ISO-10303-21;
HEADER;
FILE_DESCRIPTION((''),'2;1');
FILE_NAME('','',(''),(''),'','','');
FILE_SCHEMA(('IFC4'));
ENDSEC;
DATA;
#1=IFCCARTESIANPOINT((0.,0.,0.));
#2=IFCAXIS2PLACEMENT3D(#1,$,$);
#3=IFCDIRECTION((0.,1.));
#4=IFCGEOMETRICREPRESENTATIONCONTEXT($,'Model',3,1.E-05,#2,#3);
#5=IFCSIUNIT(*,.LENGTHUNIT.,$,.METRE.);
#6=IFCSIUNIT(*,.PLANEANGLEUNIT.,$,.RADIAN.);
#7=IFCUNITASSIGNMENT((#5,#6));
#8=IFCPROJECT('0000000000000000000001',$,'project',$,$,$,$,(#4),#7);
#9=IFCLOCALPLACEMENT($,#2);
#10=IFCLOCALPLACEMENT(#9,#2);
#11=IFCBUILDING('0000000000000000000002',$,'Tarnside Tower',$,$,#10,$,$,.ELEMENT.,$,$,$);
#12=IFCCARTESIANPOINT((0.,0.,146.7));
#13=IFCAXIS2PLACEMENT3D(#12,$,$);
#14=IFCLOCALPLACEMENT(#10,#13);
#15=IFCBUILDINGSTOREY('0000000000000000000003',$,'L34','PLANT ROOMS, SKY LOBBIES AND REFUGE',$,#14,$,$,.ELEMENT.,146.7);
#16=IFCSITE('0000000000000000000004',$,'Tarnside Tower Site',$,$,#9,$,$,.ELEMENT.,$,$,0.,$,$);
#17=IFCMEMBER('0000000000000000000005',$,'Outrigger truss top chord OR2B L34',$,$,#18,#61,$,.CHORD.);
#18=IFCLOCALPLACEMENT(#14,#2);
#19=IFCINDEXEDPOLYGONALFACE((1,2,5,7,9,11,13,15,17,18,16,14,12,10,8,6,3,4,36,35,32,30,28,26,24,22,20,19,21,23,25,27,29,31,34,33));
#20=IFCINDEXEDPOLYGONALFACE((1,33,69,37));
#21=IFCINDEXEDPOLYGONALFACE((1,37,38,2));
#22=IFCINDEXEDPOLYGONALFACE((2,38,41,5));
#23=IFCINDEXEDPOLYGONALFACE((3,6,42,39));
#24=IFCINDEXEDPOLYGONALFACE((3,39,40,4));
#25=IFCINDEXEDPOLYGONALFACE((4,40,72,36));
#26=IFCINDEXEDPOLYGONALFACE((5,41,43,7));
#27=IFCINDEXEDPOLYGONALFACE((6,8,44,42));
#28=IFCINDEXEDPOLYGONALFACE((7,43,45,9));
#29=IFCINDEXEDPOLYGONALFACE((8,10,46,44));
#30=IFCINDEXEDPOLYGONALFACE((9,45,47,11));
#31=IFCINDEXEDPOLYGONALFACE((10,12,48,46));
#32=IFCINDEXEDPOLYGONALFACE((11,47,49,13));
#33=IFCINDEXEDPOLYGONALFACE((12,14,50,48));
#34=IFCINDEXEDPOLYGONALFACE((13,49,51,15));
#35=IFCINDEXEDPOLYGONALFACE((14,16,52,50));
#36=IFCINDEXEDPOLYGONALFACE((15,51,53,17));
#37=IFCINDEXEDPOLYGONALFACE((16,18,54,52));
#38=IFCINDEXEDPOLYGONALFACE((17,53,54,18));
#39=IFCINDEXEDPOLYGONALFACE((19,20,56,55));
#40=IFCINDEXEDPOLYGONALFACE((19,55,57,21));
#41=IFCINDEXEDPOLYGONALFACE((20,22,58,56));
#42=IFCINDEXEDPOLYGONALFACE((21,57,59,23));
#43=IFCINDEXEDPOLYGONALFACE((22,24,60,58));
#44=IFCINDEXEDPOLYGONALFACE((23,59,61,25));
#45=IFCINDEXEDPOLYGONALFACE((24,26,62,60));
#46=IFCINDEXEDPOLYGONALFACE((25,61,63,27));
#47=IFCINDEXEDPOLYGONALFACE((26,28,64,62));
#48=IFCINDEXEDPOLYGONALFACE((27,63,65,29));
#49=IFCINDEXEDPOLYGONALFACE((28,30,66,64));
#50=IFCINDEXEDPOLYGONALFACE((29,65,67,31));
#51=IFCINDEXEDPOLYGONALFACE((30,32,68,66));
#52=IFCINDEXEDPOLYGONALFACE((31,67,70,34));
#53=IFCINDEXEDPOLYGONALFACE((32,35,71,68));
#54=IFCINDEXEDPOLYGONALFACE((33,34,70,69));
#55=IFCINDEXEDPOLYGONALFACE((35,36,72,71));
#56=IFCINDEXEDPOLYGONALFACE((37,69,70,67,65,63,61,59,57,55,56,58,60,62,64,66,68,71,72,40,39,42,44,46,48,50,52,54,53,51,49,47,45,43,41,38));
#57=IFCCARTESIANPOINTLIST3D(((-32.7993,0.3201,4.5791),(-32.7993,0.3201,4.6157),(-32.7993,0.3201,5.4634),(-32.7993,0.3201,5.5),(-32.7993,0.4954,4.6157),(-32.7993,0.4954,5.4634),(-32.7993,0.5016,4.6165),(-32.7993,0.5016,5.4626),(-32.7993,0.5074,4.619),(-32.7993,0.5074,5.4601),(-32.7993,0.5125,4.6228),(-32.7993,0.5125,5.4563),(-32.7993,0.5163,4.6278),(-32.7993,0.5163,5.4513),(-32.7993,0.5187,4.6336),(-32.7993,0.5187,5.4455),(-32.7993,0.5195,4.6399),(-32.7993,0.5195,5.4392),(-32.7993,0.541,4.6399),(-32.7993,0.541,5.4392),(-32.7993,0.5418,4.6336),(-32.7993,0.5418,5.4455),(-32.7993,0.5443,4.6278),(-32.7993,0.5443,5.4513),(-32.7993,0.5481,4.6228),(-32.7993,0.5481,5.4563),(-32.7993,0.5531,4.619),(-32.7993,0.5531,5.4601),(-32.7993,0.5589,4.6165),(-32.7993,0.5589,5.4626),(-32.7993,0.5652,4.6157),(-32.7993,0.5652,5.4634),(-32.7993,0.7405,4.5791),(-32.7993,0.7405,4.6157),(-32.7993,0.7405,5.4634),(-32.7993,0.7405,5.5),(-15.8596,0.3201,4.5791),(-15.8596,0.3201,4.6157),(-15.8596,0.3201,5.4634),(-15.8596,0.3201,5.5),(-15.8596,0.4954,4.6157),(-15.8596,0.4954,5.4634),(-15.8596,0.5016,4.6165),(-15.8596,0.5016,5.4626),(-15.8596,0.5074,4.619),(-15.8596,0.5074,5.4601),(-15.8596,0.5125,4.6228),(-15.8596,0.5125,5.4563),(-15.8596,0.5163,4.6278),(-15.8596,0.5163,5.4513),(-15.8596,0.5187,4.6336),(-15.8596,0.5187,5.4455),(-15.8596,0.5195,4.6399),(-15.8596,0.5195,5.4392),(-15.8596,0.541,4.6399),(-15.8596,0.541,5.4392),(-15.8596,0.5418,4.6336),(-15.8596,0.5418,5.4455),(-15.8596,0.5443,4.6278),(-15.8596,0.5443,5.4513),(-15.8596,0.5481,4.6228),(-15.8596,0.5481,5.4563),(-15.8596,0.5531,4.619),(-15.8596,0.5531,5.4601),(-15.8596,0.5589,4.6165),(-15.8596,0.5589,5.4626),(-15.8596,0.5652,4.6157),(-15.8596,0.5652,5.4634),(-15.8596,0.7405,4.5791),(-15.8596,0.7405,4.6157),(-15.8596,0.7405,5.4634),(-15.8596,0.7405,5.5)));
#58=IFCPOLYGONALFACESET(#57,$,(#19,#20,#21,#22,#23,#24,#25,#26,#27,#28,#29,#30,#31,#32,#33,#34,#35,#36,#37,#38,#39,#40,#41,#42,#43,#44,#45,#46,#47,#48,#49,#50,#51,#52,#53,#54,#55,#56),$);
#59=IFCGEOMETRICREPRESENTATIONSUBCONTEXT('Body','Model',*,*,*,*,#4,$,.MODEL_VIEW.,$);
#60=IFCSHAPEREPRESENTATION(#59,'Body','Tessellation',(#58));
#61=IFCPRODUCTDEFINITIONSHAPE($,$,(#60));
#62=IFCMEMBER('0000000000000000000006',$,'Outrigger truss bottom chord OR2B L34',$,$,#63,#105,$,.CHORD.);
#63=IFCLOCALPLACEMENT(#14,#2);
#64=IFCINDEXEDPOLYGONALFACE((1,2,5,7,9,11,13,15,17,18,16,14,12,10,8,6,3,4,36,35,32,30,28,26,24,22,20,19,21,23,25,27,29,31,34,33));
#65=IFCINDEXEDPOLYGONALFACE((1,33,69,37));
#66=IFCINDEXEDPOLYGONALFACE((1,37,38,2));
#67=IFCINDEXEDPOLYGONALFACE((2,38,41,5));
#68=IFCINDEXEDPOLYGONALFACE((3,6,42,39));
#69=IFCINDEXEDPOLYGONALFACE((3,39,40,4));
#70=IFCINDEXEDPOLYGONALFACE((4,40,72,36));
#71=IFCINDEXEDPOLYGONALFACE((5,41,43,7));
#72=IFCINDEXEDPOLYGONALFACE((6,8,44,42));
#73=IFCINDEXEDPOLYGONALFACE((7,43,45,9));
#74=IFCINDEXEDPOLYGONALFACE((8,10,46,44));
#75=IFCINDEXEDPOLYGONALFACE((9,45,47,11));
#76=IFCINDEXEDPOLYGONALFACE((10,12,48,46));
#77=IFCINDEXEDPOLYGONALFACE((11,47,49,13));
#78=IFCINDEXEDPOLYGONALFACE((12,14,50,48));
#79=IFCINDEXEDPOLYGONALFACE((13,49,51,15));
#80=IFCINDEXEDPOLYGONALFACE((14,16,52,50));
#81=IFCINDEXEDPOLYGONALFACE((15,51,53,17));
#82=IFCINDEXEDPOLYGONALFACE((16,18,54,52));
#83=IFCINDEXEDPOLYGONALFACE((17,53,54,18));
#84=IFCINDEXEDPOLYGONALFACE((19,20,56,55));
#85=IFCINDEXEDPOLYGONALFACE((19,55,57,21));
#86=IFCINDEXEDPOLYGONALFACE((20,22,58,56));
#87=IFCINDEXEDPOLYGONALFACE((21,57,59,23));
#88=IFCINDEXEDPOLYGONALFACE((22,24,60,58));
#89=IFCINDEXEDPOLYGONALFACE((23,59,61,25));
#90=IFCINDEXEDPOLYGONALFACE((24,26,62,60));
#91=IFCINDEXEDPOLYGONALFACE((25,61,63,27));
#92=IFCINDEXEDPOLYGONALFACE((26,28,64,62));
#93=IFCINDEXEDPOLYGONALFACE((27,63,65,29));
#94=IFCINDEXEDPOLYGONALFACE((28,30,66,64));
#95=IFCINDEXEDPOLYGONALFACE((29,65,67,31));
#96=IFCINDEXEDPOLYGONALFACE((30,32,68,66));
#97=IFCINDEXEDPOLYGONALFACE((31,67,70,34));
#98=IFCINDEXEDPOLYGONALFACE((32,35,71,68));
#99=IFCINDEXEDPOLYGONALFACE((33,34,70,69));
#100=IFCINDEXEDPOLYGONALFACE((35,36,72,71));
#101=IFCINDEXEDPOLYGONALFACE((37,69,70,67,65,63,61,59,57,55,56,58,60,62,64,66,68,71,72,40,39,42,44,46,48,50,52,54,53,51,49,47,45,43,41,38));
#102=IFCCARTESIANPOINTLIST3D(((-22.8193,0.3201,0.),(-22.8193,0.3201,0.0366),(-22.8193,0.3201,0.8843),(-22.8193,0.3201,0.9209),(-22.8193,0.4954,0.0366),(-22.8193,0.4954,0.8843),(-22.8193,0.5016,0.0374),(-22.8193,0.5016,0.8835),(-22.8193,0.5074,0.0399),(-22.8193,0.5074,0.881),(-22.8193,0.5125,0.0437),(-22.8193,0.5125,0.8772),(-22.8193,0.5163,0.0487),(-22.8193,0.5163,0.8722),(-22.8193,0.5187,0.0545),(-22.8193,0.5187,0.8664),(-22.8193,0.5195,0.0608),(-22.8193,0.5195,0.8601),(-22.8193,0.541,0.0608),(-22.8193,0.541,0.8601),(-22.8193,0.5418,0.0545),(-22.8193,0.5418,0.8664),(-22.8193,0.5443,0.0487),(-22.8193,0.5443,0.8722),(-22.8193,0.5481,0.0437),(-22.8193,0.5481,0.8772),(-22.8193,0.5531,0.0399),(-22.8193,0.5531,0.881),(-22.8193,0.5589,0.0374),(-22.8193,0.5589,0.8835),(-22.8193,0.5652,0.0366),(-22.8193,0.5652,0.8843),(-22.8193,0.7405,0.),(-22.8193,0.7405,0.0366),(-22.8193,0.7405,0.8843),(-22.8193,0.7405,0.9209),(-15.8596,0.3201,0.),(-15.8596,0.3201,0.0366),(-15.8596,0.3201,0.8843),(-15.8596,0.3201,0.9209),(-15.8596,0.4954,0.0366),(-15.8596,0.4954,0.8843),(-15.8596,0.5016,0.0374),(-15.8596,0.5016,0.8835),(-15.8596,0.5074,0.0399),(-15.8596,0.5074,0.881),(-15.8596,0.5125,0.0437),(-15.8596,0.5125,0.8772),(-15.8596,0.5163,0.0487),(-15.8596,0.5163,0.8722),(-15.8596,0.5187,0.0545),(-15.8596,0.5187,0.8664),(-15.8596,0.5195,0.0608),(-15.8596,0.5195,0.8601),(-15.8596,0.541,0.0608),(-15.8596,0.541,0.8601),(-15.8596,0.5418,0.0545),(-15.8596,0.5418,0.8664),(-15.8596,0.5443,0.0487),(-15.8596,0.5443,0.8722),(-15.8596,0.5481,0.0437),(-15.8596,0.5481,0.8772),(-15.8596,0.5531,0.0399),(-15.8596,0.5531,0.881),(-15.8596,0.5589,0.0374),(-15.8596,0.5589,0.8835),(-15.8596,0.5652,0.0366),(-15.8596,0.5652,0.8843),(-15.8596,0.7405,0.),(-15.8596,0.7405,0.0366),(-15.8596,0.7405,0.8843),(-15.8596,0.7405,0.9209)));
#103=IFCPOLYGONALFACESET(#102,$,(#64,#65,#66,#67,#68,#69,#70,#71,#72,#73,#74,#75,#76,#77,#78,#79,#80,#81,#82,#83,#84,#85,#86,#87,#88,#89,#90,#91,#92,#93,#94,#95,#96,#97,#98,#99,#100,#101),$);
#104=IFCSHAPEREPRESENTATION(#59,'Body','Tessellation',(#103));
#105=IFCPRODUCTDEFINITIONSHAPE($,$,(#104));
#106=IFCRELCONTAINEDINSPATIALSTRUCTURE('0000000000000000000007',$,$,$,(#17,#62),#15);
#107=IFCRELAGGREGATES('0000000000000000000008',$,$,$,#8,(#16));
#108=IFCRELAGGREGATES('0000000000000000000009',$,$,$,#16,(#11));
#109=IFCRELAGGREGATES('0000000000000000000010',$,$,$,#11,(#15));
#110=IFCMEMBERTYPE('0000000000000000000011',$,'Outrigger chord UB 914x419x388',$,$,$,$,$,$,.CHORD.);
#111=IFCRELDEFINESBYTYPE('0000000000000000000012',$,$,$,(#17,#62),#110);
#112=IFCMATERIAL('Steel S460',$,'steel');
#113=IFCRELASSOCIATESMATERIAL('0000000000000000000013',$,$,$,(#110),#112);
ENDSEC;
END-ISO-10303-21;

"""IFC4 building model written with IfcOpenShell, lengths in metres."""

from ifc_helpers import new_model, si_unit, direction, frame, origin, origin_2d, place, context, subcontext, project, spatial, i_section, extrude, material, material_profile, profile_set, type_object, element, save


model = new_model("IFC4")

# Units and contexts
model_context = context("Model", 3, precision=1e-05, world=origin(), true_north=direction((0.0, 1.0)))
body_context = subcontext(model_context, "Body", "Model", "MODEL_VIEW")
ifc_project = project(units=[si_unit("LENGTHUNIT", "METRE"), si_unit("PLANEANGLEUNIT", "RADIAN")], contexts=[model_context])

# Site, building, storey
site_placement = place(None, origin())
site = spatial("IfcSite", under=ifc_project, at=site_placement, Name="Tarnside Tower Site", CompositionType="ELEMENT", RefElevation=0.0)
building_placement = place(site_placement, origin())
building = spatial("IfcBuilding", under=site, at=building_placement, Name="Tarnside Tower", CompositionType="ELEMENT")
storey_placement = place(building_placement, frame((0.0, 0.0, 146.7)))
storey = spatial("IfcBuildingStorey", under=building, at=storey_placement, Name="L34", Description="PLANT ROOMS, SKY LOBBIES AND REFUGE", CompositionType="ELEMENT", Elevation=146.7)

# Members
ifc_material_1 = material(Name="Steel S460", Category="steel")
ifc_material_profile = material_profile(ifc_material_1, i_section(OverallWidth=0.4204, OverallDepth=0.9209, WebThickness=0.0215, FlangeThickness=0.0366, FilletRadius=0.0242, at=origin_2d()), Name="UB 914x419x388")
ifc_profile_set = profile_set([ifc_material_profile], Name="Steel S460")
member_type = type_object("IfcMemberType", Name="Outrigger chord UB 914x419x388", PredefinedType="CHORD", material=ifc_profile_set)
member_1_placement = place(storey_placement, frame((-15.8596, 0.5303, 5.0396), z_axis=(-1.0, 0.0, 0.0), x_axis=(0.0, -1.0, 0.0)))
element("IfcMember", 1, at=member_1_placement, inside=storey, type_object=member_type, Name="Outrigger truss top chord OR2B L34", PredefinedType="CHORD", context=body_context, shape_type="SweptSolid", body=[
    extrude(i_section(OverallWidth=0.4204, OverallDepth=0.9209, WebThickness=0.0215, FlangeThickness=0.0366, FilletRadius=0.0242, at=origin_2d()), origin(), (0.0, 0.0, 1.0), 16.9397),
])
member_2_placement = place(storey_placement, frame((-15.8596, 0.5303, 0.4604), z_axis=(-1.0, 0.0, 0.0), x_axis=(0.0, -1.0, 0.0)))
element("IfcMember", 2, at=member_2_placement, inside=storey, type_object=member_type, Name="Outrigger truss bottom chord OR2B L34", PredefinedType="CHORD", context=body_context, shape_type="SweptSolid", body=[
    extrude(i_section(OverallWidth=0.4204, OverallDepth=0.9209, WebThickness=0.0215, FlangeThickness=0.0366, FilletRadius=0.0242, at=origin_2d()), origin(), (0.0, 0.0, 1.0), 6.9597),
])

save(model, "model.ifc")
